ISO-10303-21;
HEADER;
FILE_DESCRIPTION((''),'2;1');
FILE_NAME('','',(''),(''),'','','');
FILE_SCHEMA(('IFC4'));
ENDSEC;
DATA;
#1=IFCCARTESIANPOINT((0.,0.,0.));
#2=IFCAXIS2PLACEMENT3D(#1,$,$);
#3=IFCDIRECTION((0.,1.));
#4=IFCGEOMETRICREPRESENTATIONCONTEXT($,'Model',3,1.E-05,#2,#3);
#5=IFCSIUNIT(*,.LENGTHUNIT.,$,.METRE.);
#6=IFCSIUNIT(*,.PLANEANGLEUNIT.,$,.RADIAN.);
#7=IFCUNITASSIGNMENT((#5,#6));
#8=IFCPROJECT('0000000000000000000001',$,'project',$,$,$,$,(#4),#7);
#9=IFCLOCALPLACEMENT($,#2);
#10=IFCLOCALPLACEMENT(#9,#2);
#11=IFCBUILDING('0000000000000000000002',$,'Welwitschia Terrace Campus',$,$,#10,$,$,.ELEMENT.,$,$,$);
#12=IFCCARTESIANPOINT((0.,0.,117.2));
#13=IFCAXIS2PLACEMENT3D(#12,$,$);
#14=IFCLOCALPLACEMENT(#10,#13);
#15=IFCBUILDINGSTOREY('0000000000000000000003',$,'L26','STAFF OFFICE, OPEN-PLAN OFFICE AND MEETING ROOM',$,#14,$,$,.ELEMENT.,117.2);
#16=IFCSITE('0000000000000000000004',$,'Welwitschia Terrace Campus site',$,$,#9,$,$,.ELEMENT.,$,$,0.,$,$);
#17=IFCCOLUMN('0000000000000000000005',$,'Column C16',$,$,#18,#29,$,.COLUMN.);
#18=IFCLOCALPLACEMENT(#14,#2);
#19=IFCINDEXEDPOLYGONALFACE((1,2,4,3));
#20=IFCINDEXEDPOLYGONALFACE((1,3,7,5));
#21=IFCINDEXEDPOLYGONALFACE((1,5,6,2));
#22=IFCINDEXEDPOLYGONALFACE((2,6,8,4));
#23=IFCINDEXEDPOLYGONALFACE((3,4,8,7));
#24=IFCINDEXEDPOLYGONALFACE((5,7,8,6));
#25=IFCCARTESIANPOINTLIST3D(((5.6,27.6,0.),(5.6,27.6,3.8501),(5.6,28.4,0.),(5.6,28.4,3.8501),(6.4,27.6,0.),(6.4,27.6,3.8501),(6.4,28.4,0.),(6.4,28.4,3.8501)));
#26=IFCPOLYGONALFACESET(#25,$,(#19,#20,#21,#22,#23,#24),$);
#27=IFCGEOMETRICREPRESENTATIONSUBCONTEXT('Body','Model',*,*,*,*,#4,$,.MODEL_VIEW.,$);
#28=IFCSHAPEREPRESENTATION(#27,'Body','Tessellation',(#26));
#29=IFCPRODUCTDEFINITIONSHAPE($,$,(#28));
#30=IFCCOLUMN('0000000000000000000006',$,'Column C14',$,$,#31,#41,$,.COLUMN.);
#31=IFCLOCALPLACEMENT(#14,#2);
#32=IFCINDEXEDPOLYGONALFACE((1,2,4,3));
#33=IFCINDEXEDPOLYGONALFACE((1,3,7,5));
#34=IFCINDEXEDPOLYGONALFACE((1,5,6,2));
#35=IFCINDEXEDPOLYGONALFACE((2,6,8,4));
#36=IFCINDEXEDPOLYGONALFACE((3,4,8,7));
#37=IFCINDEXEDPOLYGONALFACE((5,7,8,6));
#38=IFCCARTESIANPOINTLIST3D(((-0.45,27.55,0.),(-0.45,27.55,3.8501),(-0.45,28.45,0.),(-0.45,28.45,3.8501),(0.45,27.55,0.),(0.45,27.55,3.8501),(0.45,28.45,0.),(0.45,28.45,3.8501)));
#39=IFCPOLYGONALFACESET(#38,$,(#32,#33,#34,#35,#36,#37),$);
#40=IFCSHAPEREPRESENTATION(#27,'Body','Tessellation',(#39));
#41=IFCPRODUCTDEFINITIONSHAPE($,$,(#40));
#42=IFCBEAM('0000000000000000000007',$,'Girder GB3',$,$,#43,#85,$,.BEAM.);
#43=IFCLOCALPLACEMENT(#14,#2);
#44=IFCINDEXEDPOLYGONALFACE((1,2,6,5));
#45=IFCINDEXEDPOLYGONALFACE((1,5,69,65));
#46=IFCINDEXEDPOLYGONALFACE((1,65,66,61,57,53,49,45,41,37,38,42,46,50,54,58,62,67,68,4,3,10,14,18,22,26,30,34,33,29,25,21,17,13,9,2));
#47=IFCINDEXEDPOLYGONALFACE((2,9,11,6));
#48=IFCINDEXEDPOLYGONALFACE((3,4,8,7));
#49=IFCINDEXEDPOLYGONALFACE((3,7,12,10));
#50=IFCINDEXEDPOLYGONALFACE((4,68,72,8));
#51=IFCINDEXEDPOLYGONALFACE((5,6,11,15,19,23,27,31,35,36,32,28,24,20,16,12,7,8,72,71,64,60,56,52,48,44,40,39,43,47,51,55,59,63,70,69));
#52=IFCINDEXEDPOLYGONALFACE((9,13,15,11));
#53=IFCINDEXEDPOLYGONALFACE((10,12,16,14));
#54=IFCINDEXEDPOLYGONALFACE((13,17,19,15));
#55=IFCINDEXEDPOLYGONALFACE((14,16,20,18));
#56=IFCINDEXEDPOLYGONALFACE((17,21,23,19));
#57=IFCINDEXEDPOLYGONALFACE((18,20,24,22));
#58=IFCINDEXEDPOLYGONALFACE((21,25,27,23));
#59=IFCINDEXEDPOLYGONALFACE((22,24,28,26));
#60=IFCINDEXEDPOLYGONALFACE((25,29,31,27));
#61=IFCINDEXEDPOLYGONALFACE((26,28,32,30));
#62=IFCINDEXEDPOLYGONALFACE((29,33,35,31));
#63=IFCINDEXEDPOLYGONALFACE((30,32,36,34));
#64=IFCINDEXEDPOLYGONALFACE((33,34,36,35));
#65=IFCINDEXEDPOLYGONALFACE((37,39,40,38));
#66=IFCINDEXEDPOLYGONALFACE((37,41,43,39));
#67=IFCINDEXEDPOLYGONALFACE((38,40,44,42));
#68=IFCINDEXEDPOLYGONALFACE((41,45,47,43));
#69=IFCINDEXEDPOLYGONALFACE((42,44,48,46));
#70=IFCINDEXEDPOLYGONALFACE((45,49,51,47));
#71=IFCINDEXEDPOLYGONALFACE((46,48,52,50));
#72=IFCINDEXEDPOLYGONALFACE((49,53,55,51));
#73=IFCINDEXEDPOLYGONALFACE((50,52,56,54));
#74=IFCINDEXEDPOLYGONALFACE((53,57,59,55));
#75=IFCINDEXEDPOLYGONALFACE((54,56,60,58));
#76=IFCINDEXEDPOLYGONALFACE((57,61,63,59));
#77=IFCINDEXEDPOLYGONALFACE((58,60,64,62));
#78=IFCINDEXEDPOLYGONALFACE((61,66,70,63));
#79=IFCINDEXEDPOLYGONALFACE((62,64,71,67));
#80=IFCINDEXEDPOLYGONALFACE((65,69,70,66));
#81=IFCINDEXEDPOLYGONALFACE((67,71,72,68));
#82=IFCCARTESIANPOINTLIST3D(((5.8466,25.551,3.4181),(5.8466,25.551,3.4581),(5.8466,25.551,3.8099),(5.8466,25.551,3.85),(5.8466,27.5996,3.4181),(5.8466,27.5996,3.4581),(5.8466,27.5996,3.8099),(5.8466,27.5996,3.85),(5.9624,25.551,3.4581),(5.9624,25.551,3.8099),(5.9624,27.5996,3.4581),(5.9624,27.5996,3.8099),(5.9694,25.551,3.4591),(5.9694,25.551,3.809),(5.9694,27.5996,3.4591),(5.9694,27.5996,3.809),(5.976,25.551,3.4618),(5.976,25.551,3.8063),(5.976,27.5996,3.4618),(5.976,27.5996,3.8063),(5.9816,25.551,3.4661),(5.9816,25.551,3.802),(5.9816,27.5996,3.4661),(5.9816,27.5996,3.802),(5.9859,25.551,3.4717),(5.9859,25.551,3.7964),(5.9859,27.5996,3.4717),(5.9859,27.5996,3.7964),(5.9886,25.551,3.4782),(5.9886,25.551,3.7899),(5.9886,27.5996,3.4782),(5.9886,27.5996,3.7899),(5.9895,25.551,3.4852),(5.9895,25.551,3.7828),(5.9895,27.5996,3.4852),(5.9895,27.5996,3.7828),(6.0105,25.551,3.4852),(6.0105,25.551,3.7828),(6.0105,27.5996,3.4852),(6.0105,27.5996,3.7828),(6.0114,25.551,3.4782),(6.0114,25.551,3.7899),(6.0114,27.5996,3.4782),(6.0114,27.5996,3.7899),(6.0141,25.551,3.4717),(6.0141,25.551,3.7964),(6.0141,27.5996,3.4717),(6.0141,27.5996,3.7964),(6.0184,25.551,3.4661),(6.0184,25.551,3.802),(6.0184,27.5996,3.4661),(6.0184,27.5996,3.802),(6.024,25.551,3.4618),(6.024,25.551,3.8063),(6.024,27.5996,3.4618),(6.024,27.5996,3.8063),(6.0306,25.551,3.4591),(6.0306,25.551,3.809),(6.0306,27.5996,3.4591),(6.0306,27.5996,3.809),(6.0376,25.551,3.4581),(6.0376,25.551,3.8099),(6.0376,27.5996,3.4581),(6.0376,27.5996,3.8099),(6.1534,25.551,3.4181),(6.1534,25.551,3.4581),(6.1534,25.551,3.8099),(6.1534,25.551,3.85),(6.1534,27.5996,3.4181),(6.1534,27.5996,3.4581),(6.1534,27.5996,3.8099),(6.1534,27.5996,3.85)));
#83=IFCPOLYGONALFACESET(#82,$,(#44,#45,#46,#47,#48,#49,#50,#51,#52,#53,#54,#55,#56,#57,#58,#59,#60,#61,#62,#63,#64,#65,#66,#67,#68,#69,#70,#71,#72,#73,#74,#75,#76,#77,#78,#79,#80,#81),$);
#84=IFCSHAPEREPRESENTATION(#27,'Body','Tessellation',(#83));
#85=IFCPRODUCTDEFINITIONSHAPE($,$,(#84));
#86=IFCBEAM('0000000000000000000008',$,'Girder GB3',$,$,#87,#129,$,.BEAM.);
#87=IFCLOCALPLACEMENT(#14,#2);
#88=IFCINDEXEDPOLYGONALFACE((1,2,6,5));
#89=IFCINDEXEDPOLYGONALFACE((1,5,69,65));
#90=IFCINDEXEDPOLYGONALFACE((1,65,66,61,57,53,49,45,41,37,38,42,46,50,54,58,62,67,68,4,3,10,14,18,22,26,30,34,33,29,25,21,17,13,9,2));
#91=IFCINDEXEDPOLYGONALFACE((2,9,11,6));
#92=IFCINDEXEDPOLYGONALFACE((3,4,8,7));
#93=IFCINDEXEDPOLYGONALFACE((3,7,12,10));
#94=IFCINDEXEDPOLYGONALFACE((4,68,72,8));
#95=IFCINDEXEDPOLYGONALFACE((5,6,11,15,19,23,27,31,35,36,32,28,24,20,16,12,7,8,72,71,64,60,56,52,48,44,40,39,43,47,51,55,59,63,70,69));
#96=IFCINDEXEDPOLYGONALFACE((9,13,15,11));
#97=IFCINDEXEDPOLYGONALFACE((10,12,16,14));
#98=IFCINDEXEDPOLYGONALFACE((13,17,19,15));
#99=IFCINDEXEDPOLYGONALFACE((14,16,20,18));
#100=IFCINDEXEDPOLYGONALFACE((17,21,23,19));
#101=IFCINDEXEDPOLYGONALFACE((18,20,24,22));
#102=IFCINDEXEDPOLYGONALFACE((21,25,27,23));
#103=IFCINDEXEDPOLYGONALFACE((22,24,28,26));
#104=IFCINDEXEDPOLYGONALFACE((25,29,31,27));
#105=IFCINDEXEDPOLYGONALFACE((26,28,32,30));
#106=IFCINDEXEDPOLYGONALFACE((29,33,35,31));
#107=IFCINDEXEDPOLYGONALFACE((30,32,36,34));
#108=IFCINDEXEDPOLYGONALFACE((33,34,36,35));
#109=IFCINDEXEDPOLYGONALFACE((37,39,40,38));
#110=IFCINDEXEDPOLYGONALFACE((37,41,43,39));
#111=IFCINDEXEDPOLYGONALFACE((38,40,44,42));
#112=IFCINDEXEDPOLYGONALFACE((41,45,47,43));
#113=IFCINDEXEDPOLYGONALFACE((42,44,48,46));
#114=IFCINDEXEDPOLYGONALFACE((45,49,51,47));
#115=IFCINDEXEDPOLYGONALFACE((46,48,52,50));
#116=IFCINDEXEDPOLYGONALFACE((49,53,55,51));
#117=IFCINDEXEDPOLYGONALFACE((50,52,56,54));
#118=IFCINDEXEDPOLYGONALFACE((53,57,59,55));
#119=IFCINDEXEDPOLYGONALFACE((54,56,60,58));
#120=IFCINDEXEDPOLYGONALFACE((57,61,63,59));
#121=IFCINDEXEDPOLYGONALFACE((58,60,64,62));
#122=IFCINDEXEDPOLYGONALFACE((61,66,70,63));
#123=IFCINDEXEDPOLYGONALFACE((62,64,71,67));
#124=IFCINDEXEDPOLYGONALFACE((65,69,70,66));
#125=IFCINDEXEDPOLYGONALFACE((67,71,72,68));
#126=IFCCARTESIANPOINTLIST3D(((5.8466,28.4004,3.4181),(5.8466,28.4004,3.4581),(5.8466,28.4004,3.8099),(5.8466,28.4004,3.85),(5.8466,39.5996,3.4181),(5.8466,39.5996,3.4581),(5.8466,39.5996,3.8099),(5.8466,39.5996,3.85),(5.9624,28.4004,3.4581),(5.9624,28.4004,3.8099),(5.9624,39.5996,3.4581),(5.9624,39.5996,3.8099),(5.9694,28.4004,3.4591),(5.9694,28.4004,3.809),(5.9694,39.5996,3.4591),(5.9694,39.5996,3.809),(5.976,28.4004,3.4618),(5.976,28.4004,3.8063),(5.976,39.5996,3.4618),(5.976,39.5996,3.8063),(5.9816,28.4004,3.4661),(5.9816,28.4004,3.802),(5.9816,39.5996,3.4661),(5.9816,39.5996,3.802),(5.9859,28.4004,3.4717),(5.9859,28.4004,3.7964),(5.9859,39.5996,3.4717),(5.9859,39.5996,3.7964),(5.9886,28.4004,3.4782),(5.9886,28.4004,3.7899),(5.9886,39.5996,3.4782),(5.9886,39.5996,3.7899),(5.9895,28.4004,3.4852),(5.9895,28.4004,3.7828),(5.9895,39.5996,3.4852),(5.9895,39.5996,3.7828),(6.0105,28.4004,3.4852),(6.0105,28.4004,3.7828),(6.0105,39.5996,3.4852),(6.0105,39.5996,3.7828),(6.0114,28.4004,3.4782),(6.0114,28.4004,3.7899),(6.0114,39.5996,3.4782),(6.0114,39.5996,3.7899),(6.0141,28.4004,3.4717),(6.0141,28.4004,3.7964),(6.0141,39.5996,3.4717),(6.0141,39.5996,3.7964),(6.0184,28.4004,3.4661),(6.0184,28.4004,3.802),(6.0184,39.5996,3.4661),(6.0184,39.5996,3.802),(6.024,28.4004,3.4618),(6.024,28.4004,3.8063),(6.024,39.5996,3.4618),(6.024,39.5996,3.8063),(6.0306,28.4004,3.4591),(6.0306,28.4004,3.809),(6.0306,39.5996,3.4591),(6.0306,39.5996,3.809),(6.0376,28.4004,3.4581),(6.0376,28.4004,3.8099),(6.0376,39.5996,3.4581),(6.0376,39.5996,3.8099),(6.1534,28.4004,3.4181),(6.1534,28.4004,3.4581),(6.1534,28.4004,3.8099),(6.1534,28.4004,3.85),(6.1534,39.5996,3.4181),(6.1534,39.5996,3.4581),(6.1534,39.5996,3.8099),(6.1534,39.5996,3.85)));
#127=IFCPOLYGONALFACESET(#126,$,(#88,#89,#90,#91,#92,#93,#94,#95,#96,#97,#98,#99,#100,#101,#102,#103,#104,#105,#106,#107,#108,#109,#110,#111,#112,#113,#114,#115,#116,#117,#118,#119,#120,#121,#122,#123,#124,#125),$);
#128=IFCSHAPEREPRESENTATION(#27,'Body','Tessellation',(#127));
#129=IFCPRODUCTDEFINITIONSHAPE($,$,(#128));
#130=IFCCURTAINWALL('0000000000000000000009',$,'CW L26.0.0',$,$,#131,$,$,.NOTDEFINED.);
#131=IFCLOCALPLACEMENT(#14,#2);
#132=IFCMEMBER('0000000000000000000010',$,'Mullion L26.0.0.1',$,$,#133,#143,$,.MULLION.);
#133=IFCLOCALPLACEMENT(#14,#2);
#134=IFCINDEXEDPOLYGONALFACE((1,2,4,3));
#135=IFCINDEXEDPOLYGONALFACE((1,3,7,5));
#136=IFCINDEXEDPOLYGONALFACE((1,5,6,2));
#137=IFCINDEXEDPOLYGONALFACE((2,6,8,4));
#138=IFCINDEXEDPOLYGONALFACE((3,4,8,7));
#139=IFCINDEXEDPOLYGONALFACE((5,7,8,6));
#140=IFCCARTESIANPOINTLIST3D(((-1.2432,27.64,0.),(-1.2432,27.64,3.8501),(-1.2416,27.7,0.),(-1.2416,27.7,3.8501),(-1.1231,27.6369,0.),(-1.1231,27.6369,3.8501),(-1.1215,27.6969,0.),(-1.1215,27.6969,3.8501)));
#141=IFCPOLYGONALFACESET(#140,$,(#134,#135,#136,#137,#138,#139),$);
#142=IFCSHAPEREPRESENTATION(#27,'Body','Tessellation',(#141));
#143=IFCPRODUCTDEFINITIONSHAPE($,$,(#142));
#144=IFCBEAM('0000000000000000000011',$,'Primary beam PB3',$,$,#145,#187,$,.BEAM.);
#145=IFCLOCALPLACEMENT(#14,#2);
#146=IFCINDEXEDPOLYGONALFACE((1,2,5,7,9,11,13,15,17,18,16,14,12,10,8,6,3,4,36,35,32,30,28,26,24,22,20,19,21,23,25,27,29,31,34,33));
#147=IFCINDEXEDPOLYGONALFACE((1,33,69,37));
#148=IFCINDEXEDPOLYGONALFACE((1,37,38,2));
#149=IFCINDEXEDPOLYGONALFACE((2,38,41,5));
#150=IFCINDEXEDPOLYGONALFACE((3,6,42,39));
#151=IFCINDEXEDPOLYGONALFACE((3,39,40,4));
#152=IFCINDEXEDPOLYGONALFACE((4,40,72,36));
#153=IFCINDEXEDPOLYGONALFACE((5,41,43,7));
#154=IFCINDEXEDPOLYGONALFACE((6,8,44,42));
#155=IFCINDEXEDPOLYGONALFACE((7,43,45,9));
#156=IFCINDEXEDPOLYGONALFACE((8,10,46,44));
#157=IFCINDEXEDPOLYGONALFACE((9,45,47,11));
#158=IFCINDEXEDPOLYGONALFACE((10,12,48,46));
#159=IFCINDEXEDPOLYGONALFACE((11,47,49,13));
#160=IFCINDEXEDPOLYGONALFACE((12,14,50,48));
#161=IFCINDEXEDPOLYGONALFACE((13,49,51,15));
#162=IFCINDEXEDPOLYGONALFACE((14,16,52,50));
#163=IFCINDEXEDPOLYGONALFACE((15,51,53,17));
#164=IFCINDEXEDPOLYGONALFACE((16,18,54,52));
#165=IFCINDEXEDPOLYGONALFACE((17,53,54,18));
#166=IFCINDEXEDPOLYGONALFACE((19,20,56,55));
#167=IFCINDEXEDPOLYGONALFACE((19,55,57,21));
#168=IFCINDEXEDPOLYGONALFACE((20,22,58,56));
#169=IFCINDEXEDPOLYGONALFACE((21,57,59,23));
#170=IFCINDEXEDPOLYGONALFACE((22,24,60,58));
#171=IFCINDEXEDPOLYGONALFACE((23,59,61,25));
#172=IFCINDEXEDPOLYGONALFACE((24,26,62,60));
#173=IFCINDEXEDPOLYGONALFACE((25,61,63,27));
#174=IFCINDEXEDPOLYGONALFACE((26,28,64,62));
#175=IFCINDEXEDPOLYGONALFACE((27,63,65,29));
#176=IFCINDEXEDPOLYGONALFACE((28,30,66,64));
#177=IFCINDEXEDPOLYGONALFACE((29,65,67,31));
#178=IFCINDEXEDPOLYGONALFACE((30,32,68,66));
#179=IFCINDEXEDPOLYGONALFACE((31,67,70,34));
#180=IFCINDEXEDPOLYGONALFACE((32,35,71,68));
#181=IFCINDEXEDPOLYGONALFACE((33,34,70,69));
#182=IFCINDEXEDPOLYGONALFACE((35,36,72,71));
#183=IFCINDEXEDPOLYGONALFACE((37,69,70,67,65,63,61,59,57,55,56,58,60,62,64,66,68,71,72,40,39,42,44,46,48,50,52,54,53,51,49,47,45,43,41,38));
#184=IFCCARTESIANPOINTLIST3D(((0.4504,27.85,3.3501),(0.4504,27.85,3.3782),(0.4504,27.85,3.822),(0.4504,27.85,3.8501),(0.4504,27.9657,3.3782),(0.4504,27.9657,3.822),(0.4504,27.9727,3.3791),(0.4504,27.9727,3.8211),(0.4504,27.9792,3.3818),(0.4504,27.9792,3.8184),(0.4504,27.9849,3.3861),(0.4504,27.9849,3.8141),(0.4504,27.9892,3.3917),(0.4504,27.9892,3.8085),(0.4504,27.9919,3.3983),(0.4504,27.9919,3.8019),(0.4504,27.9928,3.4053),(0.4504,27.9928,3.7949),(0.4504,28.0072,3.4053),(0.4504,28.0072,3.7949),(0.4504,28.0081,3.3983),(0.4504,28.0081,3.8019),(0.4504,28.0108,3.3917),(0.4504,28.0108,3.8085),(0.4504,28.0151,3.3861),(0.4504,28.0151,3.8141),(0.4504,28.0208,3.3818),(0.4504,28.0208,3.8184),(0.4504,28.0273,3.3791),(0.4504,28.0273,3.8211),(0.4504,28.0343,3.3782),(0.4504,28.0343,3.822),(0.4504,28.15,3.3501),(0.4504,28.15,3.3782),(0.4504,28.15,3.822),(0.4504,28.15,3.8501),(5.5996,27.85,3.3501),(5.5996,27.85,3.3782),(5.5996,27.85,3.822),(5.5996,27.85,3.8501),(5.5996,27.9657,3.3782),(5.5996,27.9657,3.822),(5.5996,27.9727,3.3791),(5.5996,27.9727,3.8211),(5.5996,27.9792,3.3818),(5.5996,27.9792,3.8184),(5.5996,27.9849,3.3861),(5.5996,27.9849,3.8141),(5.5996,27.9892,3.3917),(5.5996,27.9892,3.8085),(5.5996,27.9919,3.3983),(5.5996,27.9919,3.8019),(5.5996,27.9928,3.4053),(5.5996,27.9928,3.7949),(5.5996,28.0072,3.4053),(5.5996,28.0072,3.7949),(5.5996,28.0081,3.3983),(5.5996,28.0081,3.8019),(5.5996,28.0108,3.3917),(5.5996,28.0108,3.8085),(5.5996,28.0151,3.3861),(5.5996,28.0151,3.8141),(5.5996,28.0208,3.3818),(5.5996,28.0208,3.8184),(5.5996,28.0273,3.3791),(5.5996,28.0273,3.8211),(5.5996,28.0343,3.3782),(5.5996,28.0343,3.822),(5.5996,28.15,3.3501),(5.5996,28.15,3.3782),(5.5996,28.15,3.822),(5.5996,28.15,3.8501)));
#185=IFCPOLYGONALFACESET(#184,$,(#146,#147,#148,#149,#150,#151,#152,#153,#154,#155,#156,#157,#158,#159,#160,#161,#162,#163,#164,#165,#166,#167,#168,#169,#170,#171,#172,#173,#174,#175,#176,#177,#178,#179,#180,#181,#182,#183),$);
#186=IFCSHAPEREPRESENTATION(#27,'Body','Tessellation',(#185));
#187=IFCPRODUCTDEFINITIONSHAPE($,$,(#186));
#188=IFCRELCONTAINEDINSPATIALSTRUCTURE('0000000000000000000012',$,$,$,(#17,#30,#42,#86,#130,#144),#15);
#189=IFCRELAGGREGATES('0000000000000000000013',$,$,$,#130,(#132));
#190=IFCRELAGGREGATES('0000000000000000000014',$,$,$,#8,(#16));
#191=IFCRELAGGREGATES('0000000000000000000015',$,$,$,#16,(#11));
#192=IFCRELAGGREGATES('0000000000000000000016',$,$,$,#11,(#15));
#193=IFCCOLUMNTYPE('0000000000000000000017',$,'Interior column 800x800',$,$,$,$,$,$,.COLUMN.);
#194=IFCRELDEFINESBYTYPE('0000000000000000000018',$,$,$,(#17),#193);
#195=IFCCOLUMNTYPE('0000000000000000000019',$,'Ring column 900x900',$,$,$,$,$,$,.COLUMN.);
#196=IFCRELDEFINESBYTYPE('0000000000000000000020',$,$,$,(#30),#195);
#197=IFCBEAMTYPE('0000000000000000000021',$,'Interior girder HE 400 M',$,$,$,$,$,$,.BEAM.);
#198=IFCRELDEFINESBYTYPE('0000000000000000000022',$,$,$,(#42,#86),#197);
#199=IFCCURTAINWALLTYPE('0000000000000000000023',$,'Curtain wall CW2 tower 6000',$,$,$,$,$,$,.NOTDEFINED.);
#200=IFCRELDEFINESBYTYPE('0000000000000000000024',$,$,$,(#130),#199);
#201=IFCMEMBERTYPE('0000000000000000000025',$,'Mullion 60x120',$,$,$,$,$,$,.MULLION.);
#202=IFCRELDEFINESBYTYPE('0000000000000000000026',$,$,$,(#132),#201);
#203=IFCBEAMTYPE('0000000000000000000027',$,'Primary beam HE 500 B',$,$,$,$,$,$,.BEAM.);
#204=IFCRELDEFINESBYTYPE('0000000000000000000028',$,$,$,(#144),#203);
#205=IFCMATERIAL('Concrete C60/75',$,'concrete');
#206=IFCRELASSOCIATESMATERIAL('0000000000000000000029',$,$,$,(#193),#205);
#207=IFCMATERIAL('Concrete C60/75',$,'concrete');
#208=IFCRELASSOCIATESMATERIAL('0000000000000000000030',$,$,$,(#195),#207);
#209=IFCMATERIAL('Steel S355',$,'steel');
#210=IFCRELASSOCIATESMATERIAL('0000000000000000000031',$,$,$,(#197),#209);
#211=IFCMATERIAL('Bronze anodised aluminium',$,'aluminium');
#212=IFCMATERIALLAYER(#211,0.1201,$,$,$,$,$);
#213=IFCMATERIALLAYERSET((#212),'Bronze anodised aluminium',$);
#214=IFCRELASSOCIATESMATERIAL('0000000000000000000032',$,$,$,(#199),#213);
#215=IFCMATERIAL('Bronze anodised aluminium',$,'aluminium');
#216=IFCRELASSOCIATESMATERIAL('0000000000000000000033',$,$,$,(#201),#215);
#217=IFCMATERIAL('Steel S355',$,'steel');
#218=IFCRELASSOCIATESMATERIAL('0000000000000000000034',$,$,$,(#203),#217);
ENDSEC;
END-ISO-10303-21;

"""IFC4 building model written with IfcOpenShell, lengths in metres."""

from ifc_helpers import new_model, si_unit, direction, frame, origin, origin_2d, place, context, subcontext, project, spatial, rectangle, i_section, extrude, material, layer, layer_set, material_profile, profile_set, type_object, element, aggregate, save


model = new_model("IFC4")

# Units and contexts
model_context = context("Model", 3, precision=1e-05, world=origin(), true_north=direction((0.0, 1.0)))
body_context = subcontext(model_context, "Body", "Model", "MODEL_VIEW")
ifc_project = project(units=[si_unit("LENGTHUNIT", "METRE"), si_unit("PLANEANGLEUNIT", "RADIAN")], contexts=[model_context])

# Site, building, storey
site_placement = place(None, origin())
site = spatial("IfcSite", under=ifc_project, at=site_placement, Name="Welwitschia Terrace Campus site", CompositionType="ELEMENT", RefElevation=0.0)
building_placement = place(site_placement, origin())
building = spatial("IfcBuilding", under=site, at=building_placement, Name="Welwitschia Terrace Campus", CompositionType="ELEMENT")
storey_placement = place(building_placement, frame((0.0, 0.0, 117.2)))
storey = spatial("IfcBuildingStorey", under=building, at=storey_placement, Name="L26", Description="STAFF OFFICE, OPEN-PLAN OFFICE AND MEETING ROOM", CompositionType="ELEMENT", Elevation=117.2)

# Columns
ifc_material_1 = material(Name="Concrete C60/75", Category="concrete")
ifc_material_profile_1 = material_profile(ifc_material_1, rectangle(XDim=0.8, YDim=0.8, at=origin_2d()))
ifc_profile_set_1 = profile_set([ifc_material_profile_1], Name="Concrete C60/75")
column_type_1 = type_object("IfcColumnType", Name="Interior column 800x800", PredefinedType="COLUMN", material=ifc_profile_set_1)
column_1_placement = place(storey_placement, frame((6.0, 28.0, 0.0), z_axis=(0.0, 0.0, 1.0), x_axis=(1.0, 0.0, 0.0)))
element("IfcColumn", 1, at=column_1_placement, inside=storey, type_object=column_type_1, Name="Column C16", PredefinedType="COLUMN", context=body_context, shape_type="SweptSolid", body=[
    extrude(rectangle(XDim=0.8, YDim=0.8, at=origin_2d()), origin(), (0.0, 0.0, 1.0), 3.8501),
])
ifc_material_2 = material(Name="Concrete C60/75", Category="concrete")
ifc_material_profile_2 = material_profile(ifc_material_2, rectangle(XDim=0.8999, YDim=0.8999, at=origin_2d()))
ifc_profile_set_2 = profile_set([ifc_material_profile_2], Name="Concrete C60/75")
column_type_2 = type_object("IfcColumnType", Name="Ring column 900x900", PredefinedType="COLUMN", material=ifc_profile_set_2)
column_2_placement = place(storey_placement, frame((0.0, 28.0, 0.0), z_axis=(0.0, 0.0, 1.0), x_axis=(1.0, 0.0, 0.0)))
element("IfcColumn", 2, at=column_2_placement, inside=storey, type_object=column_type_2, Name="Column C14", PredefinedType="COLUMN", context=body_context, shape_type="SweptSolid", body=[
    extrude(rectangle(XDim=0.8999, YDim=0.8999, at=origin_2d()), origin(), (0.0, 0.0, 1.0), 3.8501),
])

# Beams
ifc_material_3 = material(Name="Steel S355", Category="steel")
ifc_material_profile_3 = material_profile(ifc_material_3, i_section(OverallWidth=0.3069, OverallDepth=0.4319, WebThickness=0.021, FlangeThickness=0.04, FilletRadius=0.0271, at=origin_2d()))
ifc_profile_set_3 = profile_set([ifc_material_profile_3], Name="Steel S355")
beam_type_1 = type_object("IfcBeamType", Name="Interior girder HE 400 M", PredefinedType="BEAM", material=ifc_profile_set_3)
beam_1_placement = place(storey_placement, frame((6.0, 25.551, 3.634), z_axis=(0.0, 1.0, 0.0), x_axis=(-1.0, 0.0, 0.0)))
element("IfcBeam", 3, at=beam_1_placement, inside=storey, type_object=beam_type_1, Name="Girder GB3", PredefinedType="BEAM", context=body_context, shape_type="SweptSolid", body=[
    extrude(i_section(OverallWidth=0.3069, OverallDepth=0.4319, WebThickness=0.021, FlangeThickness=0.04, FilletRadius=0.0271, at=origin_2d()), origin(), (0.0, 0.0, 1.0), 2.0486),
])
beam_2_placement = place(storey_placement, frame((6.0, 28.4004, 3.634), z_axis=(0.0, 1.0, 0.0), x_axis=(-1.0, 0.0, 0.0)))
element("IfcBeam", 4, at=beam_2_placement, inside=storey, type_object=beam_type_1, Name="Girder GB3", PredefinedType="BEAM", context=body_context, shape_type="SweptSolid", body=[
    extrude(i_section(OverallWidth=0.3069, OverallDepth=0.4319, WebThickness=0.021, FlangeThickness=0.04, FilletRadius=0.0271, at=origin_2d()), origin(), (0.0, 0.0, 1.0), 11.1992),
])

# Curtain wall, member
ifc_material_4 = material(Name="Bronze anodised aluminium", Category="aluminium")
ifc_layer_1 = layer(ifc_material_4, 0.1201)
ifc_layer_set_1 = layer_set([ifc_layer_1], Name="Bronze anodised aluminium")
curtain_wall_type = type_object("IfcCurtainWallType", Name="Curtain wall CW2 tower 6000", PredefinedType="NOTDEFINED", material=ifc_layer_set_1)
curtain_wall_placement = place(storey_placement, origin())
curtain_wall = element("IfcCurtainWall", 5, at=curtain_wall_placement, inside=storey, type_object=curtain_wall_type, Name="CW L26.0.0", PredefinedType="NOTDEFINED")
ifc_material_5 = material(Name="Bronze anodised aluminium", Category="aluminium")
ifc_material_profile_4 = material_profile(ifc_material_5, rectangle(XDim=0.1201, YDim=0.0601, at=origin_2d()))
ifc_profile_set_4 = profile_set([ifc_material_profile_4], Name="Bronze anodised aluminium")
member_type_1 = type_object("IfcMemberType", Name="Mullion 60x120", PredefinedType="MULLION", material=ifc_profile_set_4)
member_1_placement = place(storey_placement, frame((-1.1824, 27.6685, 0.0), z_axis=(0.0, 0.0, 1.0), x_axis=(0.999657, -0.026177, 0.0)))
member_1 = element("IfcMember", 6, at=member_1_placement, type_object=member_type_1, Name="Mullion L26.0.0.1", PredefinedType="MULLION", context=body_context, shape_type="SweptSolid", body=[
    extrude(rectangle(XDim=0.1201, YDim=0.0601, at=origin_2d()), origin(), (0.0, 0.0, 1.0), 3.8501),
])

# Beam
ifc_material_6 = material(Name="Steel S355", Category="steel")
ifc_material_profile_5 = material_profile(ifc_material_6, i_section(OverallWidth=0.3, OverallDepth=0.5, WebThickness=0.0144, FlangeThickness=0.0281, FilletRadius=0.0271, at=origin_2d()))
ifc_profile_set_5 = profile_set([ifc_material_profile_5], Name="Steel S355")
beam_type_2 = type_object("IfcBeamType", Name="Primary beam HE 500 B", PredefinedType="BEAM", material=ifc_profile_set_5)
beam_3_placement = place(storey_placement, frame((0.4504, 28.0, 3.6001), z_axis=(1.0, 0.0, 0.0), x_axis=(0.0, 1.0, 0.0)))
element("IfcBeam", 7, at=beam_3_placement, inside=storey, type_object=beam_type_2, Name="Primary beam PB3", PredefinedType="BEAM", context=body_context, shape_type="SweptSolid", body=[
    extrude(i_section(OverallWidth=0.3, OverallDepth=0.5, WebThickness=0.0144, FlangeThickness=0.0281, FilletRadius=0.0271, at=origin_2d()), origin(), (0.0, 0.0, 1.0), 5.1492),
])

aggregate(curtain_wall, [member_1])

save(model, "model.ifc")
